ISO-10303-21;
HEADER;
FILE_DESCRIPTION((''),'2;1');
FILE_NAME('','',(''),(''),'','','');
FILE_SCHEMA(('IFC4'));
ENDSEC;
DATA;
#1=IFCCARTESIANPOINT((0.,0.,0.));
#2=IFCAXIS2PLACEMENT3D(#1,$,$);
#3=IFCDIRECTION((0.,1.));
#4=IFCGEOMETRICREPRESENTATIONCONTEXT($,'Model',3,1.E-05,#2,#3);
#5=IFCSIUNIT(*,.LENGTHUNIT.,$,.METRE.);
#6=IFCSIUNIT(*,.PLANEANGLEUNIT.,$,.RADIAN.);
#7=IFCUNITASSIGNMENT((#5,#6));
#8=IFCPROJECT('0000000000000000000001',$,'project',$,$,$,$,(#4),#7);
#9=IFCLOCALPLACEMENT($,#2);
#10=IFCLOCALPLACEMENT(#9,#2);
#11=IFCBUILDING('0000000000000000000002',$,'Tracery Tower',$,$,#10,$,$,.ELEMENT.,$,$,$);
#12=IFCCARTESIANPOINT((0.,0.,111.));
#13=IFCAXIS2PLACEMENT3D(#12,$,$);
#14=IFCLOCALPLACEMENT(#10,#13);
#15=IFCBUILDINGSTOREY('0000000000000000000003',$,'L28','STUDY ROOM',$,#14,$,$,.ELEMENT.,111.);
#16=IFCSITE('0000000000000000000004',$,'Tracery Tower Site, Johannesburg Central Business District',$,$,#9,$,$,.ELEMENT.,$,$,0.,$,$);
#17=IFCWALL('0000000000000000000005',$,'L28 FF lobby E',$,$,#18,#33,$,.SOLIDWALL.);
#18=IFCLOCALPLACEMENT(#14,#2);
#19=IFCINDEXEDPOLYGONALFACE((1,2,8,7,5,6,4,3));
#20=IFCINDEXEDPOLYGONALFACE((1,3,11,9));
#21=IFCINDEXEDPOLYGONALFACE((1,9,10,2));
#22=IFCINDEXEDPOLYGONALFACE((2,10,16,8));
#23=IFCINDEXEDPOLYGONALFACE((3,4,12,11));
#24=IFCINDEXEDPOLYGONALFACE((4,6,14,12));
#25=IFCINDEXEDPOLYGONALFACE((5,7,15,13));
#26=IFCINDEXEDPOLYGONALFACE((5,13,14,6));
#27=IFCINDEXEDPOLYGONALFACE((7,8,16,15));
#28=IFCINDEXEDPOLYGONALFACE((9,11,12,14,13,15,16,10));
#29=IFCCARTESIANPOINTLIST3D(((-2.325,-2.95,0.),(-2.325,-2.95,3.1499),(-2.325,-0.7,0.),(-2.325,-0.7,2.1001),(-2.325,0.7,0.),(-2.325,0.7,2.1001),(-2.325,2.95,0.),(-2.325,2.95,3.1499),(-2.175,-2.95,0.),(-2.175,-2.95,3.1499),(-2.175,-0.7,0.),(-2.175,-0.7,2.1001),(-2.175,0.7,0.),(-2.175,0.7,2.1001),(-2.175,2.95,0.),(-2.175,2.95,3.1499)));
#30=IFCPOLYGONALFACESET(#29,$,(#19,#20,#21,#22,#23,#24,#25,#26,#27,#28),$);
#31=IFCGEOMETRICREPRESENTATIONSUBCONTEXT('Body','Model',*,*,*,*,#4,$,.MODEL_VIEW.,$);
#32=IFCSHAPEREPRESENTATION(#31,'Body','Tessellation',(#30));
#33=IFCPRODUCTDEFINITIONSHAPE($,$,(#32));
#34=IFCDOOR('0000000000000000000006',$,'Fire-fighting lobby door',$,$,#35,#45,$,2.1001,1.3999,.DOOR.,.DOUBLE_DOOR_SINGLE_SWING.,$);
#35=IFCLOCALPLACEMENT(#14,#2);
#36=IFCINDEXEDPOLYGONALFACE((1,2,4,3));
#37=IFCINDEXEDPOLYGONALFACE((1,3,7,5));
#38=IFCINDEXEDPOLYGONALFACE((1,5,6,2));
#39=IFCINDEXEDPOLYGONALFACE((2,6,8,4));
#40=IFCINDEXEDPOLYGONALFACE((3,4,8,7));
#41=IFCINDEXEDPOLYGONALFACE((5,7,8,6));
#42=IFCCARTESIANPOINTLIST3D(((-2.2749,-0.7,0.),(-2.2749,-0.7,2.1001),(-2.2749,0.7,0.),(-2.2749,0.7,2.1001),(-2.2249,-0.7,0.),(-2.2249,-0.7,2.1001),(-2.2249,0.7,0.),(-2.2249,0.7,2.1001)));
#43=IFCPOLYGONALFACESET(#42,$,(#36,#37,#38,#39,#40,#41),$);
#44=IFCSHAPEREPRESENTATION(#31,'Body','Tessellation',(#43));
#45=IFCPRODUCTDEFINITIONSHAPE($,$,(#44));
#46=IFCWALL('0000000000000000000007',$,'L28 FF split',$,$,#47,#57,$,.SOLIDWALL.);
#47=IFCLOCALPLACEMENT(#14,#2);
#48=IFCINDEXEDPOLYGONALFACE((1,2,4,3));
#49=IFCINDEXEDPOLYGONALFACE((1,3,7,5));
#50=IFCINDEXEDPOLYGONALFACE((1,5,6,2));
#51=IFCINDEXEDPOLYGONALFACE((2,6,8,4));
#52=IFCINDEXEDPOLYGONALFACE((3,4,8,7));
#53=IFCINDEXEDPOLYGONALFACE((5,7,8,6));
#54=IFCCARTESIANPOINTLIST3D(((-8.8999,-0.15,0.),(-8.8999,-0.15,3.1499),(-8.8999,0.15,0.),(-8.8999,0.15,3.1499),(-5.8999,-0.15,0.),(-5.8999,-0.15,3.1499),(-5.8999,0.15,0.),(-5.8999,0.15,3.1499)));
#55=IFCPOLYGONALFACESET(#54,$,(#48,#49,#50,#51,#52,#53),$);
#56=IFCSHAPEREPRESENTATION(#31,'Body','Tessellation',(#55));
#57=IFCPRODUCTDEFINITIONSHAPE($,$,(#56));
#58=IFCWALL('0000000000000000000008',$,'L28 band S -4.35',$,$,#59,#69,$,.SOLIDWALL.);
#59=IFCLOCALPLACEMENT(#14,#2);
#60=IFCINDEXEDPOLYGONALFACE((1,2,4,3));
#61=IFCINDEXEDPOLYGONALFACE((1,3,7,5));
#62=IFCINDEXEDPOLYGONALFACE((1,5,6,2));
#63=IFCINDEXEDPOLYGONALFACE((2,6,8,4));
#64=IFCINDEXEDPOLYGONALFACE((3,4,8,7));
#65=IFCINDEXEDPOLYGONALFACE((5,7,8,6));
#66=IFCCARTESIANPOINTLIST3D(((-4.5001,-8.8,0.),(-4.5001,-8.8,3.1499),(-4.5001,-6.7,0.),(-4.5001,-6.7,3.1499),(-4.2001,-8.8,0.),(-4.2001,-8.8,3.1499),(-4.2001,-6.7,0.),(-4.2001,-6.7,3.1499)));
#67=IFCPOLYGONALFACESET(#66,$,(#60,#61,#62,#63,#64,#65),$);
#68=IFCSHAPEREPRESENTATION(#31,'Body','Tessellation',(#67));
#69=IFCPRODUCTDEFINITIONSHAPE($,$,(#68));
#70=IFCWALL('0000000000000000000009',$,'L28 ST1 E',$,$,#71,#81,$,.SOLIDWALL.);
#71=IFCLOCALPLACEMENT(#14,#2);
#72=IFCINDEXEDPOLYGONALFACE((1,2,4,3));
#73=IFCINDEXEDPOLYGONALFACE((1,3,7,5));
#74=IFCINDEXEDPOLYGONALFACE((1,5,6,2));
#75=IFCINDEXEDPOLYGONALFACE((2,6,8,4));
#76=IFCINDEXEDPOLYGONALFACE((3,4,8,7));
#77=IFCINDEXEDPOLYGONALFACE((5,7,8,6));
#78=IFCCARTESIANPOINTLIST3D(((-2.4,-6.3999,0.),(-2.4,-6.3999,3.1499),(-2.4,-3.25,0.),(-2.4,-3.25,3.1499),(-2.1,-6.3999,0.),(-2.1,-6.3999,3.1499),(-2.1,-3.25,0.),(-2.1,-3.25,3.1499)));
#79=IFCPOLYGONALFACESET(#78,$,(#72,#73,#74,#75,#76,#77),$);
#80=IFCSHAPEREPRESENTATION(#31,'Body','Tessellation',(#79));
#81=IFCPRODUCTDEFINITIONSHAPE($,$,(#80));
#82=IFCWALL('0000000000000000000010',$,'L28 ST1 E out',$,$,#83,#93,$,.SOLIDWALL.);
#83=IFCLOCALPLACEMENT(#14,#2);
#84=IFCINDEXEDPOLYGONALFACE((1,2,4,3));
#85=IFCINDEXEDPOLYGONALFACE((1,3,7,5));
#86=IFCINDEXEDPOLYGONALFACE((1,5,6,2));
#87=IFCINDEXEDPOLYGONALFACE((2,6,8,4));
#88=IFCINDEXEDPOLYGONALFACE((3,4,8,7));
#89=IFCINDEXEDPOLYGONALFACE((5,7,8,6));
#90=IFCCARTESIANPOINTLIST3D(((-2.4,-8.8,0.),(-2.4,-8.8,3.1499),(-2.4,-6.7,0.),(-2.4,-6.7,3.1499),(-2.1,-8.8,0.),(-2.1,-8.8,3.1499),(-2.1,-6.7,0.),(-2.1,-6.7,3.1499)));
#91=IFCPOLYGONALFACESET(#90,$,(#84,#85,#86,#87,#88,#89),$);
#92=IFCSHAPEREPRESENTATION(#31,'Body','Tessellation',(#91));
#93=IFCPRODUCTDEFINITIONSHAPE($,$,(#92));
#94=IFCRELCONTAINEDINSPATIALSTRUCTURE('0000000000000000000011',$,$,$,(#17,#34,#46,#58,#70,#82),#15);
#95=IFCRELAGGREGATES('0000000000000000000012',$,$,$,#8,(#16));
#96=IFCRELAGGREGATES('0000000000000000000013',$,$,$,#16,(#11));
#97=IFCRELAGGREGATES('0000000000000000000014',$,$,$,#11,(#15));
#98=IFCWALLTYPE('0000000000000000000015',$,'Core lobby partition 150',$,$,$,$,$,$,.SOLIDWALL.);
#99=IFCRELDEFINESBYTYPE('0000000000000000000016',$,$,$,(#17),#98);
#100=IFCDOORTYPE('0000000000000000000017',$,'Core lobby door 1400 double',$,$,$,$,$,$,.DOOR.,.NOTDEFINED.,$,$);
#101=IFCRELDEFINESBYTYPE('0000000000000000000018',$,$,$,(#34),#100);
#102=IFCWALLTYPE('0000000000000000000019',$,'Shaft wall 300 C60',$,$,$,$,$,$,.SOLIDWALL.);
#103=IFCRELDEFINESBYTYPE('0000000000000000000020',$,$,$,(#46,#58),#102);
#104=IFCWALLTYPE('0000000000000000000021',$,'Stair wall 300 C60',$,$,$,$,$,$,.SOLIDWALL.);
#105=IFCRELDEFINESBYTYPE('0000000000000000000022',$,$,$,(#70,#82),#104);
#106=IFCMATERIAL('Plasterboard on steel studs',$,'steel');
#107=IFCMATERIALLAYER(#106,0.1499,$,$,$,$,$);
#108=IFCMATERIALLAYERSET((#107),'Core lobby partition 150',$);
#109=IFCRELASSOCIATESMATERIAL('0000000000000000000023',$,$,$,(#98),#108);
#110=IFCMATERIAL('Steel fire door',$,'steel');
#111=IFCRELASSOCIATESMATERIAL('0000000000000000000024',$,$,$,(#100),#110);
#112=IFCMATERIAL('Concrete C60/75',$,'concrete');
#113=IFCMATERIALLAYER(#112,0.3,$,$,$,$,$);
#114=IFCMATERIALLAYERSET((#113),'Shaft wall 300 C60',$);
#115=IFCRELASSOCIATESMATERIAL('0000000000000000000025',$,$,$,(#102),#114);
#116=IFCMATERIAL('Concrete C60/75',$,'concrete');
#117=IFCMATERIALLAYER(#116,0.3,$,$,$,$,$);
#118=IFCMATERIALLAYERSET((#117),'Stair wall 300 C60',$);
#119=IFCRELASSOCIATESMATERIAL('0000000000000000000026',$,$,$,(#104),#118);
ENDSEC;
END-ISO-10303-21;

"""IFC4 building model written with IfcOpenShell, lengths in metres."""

from ifc_helpers import new_model, si_unit, direction, frame, frame_2d, origin, place, context, subcontext, project, spatial, rectangle, extrude, material, layer, layer_set, type_object, element, fill, save


model = new_model("IFC4")

# Units and contexts
model_context = context("Model", 3, precision=1e-05, world=origin(), true_north=direction((0.0, 1.0)))
body_context = subcontext(model_context, "Body", "Model", "MODEL_VIEW")
ifc_project = project(units=[si_unit("LENGTHUNIT", "METRE"), si_unit("PLANEANGLEUNIT", "RADIAN")], contexts=[model_context])

# Site, building, storey
site_placement = place(None, origin())
site = spatial("IfcSite", under=ifc_project, at=site_placement, Name="Tracery Tower Site, Johannesburg Central Business District", CompositionType="ELEMENT", RefElevation=0.0)
building_placement = place(site_placement, origin())
building = spatial("IfcBuilding", under=site, at=building_placement, Name="Tracery Tower", CompositionType="ELEMENT")
storey_placement = place(building_placement, frame((0.0, 0.0, 111.0)))
storey = spatial("IfcBuildingStorey", under=building, at=storey_placement, Name="L28", Description="STUDY ROOM", CompositionType="ELEMENT", Elevation=111.0)

# Wall, opening, door
ifc_material_1 = material(Name="Plasterboard on steel studs", Category="steel")
ifc_layer_1 = layer(ifc_material_1, 0.1499)
ifc_layer_set_1 = layer_set([ifc_layer_1], Name="Core lobby partition 150")
wall_type_1 = type_object("IfcWallType", Name="Core lobby partition 150", PredefinedType="SOLIDWALL", material=ifc_layer_set_1)
wall_1_placement = place(storey_placement, frame((-2.25, -2.95, 0.0), z_axis=(0.0, 0.0, 1.0), x_axis=(0.0, 1.0, 0.0)))
wall_1 = element("IfcWall", 1, at=wall_1_placement, inside=storey, type_object=wall_type_1, Name="L28 FF lobby E", PredefinedType="SOLIDWALL", context=body_context, shape_type="SweptSolid", body=[
    extrude(rectangle(XDim=5.8999, YDim=0.1499, at=frame_2d((2.95, 0.0))), origin(), (0.0, 0.0, 1.0), 3.1499),
])
opening_1_placement = place(wall_1_placement, frame((2.25, 0.0, 0.0)))
opening_1 = element("IfcOpeningElement", 2, at=opening_1_placement, cuts=wall_1, PredefinedType="OPENING", context=body_context, shape_type="SweptSolid", body=[
    extrude(rectangle(XDim=1.3999, YDim=2.1001, at=frame_2d((0.7, 1.05))), frame((0.0, 0.075, 0.0), z_axis=(0.0, -1.0, 0.0), x_axis=(1.0, 0.0, 0.0)), (0.0, 0.0, 1.0), 0.1499),
])
ifc_material_2 = material(Name="Steel fire door", Category="steel")
door_type_1 = type_object("IfcDoorType", Name="Core lobby door 1400 double", OperationType="NOTDEFINED", PredefinedType="DOOR", material=ifc_material_2)
door_1_placement = place(opening_1_placement, origin())
door_1 = element("IfcDoor", 3, at=door_1_placement, inside=storey, type_object=door_type_1, Name="Fire-fighting lobby door", OperationType="DOUBLE_DOOR_SINGLE_SWING", OverallHeight=2.1001, OverallWidth=1.3999, PredefinedType="DOOR", context=body_context, shape_type="SweptSolid", body=[
    extrude(rectangle(XDim=1.3999, YDim=2.1001, at=frame_2d((0.7, 1.05))), frame((0.0, 0.0249, 0.0), z_axis=(0.0, -1.0, 0.0), x_axis=(1.0, 0.0, 0.0)), (0.0, 0.0, 1.0), 0.05),
])
fill(opening_1, door_1)

# Wall
ifc_material_3 = material(Name="Concrete C60/75", Category="concrete")
ifc_layer_2 = layer(ifc_material_3, 0.3)
ifc_layer_set_2 = layer_set([ifc_layer_2], Name="Shaft wall 300 C60")
wall_type_2 = type_object("IfcWallType", Name="Shaft wall 300 C60", PredefinedType="SOLIDWALL", material=ifc_layer_set_2)
wall_2_placement = place(storey_placement, frame((-8.8999, 0.0, 0.0), z_axis=(0.0, 0.0, 1.0), x_axis=(1.0, 0.0, 0.0)))
element("IfcWall", 4, at=wall_2_placement, inside=storey, type_object=wall_type_2, Name="L28 FF split", PredefinedType="SOLIDWALL", context=body_context, shape_type="SweptSolid", body=[
    extrude(rectangle(XDim=3.0, YDim=0.3, at=frame_2d((1.5, 0.0))), origin(), (0.0, 0.0, 1.0), 3.1499),
])

# Wall
wall_3_placement = place(storey_placement, frame((-4.3501, -8.8, 0.0), z_axis=(0.0, 0.0, 1.0), x_axis=(0.0, 1.0, 0.0)))
element("IfcWall", 5, at=wall_3_placement, inside=storey, type_object=wall_type_2, Name="L28 band S -4.35", PredefinedType="SOLIDWALL", context=body_context, shape_type="SweptSolid", body=[
    extrude(rectangle(XDim=2.1001, YDim=0.3, at=frame_2d((1.05, 0.0))), origin(), (0.0, 0.0, 1.0), 3.1499),
])

# Shared definitions
ifc_material_4 = material(Name="Concrete C60/75", Category="concrete")
ifc_layer_3 = layer(ifc_material_4, 0.3)
ifc_layer_set_3 = layer_set([ifc_layer_3], Name="Stair wall 300 C60")
wall_type_3 = type_object("IfcWallType", Name="Stair wall 300 C60", PredefinedType="SOLIDWALL", material=ifc_layer_set_3)

# Walls
wall_4_placement = place(storey_placement, frame((-2.25, -6.3999, 0.0), z_axis=(0.0, 0.0, 1.0), x_axis=(0.0, 1.0, 0.0)))
element("IfcWall", 6, at=wall_4_placement, inside=storey, type_object=wall_type_3, Name="L28 ST1 E", PredefinedType="SOLIDWALL", context=body_context, shape_type="SweptSolid", body=[
    extrude(rectangle(XDim=3.1499, YDim=0.3, at=frame_2d((1.575, 0.0))), origin(), (0.0, 0.0, 1.0), 3.1499),
])
wall_5_placement = place(storey_placement, frame((-2.25, -8.8, 0.0), z_axis=(0.0, 0.0, 1.0), x_axis=(0.0, 1.0, 0.0)))
element("IfcWall", 7, at=wall_5_placement, inside=storey, type_object=wall_type_3, Name="L28 ST1 E out", PredefinedType="SOLIDWALL", context=body_context, shape_type="SweptSolid", body=[
    extrude(rectangle(XDim=2.1001, YDim=0.3, at=frame_2d((1.05, 0.0))), origin(), (0.0, 0.0, 1.0), 3.1499),
])

save(model, "model.ifc")
